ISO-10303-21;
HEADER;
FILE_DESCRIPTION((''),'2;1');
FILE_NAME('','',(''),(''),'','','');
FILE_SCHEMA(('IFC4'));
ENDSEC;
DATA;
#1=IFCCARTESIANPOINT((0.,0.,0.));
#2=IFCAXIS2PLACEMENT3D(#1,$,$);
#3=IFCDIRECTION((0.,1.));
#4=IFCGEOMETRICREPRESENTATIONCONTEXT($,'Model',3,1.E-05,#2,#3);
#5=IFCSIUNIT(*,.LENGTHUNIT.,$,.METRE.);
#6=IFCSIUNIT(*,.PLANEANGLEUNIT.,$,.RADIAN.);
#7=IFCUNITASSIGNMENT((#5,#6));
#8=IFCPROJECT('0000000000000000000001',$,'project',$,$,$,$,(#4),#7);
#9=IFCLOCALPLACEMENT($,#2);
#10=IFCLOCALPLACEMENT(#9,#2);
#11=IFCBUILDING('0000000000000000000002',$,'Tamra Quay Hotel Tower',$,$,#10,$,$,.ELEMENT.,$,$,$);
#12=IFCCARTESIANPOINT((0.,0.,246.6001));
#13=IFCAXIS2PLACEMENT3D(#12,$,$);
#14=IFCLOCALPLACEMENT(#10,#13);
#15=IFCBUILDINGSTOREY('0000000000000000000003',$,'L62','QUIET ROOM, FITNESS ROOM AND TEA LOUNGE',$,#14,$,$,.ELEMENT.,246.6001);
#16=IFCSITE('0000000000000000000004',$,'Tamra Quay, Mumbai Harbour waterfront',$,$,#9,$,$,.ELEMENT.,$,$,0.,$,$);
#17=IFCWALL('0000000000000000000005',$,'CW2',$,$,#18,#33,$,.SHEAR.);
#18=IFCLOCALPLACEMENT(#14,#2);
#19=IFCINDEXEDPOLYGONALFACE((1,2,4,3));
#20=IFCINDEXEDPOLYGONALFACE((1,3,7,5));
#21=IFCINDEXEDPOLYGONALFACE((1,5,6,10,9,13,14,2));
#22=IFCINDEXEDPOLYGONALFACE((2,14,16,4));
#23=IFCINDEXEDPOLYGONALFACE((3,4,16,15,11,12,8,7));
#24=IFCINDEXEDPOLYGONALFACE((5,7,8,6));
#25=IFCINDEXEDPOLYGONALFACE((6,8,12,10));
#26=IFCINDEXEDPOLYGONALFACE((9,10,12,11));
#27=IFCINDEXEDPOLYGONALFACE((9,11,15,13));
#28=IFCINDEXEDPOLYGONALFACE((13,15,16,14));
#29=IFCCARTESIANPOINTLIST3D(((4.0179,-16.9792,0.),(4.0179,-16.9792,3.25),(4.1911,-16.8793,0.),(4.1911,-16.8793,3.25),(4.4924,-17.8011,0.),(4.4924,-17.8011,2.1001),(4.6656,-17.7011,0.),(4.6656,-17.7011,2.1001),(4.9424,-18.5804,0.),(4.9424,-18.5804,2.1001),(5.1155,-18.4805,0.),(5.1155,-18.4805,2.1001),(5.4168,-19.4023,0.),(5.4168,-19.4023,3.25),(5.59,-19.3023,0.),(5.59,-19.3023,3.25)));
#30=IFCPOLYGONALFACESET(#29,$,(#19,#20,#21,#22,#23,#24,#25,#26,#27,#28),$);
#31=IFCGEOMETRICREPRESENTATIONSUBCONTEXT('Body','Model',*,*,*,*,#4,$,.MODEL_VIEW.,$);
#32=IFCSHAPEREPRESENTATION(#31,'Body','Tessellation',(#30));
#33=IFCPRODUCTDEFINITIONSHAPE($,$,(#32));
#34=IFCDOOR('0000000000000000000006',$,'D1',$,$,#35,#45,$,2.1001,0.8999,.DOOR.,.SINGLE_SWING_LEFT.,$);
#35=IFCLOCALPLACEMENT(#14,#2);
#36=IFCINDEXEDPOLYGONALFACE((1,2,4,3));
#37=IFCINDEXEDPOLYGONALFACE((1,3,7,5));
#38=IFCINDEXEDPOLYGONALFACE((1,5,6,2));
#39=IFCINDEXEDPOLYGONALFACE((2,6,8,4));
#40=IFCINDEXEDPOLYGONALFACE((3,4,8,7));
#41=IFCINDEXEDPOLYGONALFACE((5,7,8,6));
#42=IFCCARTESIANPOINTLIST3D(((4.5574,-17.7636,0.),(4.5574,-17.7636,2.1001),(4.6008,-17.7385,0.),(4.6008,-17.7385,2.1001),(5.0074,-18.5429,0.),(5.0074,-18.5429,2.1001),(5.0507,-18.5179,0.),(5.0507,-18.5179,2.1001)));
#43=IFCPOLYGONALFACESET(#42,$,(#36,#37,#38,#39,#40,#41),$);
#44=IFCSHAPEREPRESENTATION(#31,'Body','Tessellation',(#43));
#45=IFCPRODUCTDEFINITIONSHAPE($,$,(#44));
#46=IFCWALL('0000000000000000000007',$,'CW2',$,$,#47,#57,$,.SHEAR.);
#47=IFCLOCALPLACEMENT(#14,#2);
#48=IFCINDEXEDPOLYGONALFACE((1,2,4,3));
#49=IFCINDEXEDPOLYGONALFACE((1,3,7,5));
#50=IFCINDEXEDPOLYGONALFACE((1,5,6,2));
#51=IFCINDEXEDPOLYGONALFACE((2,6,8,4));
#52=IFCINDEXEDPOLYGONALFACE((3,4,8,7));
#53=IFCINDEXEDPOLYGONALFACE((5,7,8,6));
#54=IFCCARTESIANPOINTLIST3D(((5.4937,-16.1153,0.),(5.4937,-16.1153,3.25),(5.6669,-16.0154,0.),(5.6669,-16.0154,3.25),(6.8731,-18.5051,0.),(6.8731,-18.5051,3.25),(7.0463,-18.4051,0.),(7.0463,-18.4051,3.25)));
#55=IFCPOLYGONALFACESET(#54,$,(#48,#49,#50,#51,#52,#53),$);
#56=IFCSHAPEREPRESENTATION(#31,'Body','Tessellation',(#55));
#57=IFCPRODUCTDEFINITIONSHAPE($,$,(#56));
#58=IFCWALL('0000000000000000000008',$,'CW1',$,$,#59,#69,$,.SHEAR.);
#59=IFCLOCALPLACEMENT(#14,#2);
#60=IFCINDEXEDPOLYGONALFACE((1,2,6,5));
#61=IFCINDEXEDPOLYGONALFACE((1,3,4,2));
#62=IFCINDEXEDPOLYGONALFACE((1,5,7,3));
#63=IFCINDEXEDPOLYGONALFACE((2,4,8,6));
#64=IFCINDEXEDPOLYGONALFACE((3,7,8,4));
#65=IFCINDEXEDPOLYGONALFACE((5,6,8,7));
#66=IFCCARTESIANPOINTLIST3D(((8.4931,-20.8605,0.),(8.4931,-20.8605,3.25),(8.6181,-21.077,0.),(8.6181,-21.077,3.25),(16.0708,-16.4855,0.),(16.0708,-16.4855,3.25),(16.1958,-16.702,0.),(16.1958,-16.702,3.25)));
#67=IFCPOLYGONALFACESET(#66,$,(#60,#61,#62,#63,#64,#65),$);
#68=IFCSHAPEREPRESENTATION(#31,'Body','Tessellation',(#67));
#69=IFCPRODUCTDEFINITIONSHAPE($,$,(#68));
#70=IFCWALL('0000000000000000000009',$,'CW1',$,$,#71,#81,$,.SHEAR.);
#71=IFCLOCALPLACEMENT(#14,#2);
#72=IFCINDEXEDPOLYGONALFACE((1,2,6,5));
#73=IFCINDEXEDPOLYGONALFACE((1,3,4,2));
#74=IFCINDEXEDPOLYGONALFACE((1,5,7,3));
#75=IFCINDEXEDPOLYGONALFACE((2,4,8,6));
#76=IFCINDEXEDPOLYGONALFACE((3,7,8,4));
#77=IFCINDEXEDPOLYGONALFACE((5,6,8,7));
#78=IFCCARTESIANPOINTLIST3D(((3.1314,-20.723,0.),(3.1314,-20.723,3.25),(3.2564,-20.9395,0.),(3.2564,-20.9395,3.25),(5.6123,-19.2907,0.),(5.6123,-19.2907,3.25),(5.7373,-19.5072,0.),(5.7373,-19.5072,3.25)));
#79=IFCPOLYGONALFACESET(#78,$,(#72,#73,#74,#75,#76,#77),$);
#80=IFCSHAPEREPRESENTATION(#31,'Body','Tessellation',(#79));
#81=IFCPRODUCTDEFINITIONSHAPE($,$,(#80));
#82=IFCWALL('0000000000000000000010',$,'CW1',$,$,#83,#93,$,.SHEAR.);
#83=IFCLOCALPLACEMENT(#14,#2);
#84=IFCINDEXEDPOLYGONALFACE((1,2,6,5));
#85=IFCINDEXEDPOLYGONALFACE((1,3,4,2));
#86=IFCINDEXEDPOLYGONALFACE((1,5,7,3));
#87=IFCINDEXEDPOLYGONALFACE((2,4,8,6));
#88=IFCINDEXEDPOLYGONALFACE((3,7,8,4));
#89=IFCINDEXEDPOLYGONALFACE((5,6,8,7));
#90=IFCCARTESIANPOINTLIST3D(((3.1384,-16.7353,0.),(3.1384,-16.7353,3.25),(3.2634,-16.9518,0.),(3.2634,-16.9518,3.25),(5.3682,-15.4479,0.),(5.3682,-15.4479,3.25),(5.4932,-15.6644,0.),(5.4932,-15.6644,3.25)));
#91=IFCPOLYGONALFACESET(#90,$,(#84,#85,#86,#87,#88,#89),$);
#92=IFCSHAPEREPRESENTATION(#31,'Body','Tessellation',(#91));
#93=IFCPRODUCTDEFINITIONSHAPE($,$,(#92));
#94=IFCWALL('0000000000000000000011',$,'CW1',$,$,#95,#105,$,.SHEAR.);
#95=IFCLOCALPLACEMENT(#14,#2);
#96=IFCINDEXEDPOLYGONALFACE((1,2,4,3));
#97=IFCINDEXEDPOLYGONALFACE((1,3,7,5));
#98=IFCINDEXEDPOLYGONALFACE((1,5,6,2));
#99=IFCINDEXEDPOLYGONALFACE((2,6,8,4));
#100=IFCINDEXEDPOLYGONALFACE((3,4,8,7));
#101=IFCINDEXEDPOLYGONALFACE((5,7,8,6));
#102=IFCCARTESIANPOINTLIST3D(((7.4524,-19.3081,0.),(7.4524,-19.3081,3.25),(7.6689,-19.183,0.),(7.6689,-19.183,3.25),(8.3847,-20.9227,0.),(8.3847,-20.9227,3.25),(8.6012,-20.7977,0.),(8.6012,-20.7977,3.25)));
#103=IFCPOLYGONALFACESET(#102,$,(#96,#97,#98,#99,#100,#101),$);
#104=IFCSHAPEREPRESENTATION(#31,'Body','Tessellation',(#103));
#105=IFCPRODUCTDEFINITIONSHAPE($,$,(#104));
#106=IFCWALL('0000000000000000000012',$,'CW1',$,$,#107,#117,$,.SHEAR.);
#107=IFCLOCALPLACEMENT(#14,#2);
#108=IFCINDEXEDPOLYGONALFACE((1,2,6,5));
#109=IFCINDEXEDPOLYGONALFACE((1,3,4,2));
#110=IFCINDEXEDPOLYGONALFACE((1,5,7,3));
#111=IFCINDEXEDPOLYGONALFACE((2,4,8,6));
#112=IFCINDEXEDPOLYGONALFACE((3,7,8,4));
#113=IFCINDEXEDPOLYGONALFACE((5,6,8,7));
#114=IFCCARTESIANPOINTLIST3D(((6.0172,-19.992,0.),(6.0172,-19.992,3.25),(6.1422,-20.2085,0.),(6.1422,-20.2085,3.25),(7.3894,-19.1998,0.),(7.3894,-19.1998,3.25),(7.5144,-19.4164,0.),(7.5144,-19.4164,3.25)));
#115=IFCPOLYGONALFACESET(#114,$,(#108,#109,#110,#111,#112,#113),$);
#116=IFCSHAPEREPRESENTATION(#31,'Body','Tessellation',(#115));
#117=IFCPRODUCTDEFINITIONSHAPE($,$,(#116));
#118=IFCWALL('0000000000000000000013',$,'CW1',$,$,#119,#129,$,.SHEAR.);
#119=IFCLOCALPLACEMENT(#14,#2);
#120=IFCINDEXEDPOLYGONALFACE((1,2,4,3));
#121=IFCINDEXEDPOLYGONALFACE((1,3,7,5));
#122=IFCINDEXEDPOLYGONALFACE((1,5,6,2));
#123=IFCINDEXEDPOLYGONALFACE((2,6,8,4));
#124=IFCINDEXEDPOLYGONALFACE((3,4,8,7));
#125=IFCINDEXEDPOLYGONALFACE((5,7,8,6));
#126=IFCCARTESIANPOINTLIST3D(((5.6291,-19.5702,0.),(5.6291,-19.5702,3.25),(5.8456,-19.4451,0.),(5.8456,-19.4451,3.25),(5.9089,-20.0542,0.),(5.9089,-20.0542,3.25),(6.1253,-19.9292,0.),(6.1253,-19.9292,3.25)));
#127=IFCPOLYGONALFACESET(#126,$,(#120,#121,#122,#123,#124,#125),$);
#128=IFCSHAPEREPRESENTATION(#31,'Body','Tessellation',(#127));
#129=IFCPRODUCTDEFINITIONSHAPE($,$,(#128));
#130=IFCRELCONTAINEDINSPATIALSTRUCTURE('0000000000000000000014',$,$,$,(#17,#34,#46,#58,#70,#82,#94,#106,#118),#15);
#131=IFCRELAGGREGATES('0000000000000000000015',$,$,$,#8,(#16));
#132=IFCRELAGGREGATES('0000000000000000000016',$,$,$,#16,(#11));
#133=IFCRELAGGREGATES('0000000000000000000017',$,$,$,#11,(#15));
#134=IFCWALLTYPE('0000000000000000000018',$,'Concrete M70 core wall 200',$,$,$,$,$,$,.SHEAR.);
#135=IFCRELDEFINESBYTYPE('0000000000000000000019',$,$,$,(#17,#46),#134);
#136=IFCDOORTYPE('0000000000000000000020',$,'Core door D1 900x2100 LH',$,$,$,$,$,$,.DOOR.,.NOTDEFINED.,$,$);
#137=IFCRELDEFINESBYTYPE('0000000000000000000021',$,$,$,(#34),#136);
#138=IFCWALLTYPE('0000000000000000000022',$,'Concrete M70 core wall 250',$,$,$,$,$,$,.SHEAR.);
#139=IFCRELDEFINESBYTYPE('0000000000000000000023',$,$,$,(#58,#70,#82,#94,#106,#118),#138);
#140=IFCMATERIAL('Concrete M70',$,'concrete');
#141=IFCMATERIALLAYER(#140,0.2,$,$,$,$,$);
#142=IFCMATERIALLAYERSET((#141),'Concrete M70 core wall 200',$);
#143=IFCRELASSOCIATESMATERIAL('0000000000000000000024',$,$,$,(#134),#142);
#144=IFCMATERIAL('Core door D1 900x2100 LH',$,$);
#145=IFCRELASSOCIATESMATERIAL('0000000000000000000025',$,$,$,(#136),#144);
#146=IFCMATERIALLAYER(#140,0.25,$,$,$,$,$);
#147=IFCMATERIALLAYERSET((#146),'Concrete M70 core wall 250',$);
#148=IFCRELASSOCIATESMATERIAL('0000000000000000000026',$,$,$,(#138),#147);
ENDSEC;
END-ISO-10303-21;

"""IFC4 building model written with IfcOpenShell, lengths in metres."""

from ifc_helpers import new_model, si_unit, direction, frame, frame_2d, origin, place, context, subcontext, project, spatial, rectangle, extrude, material, layer, layer_set, type_object, element, fill, save


model = new_model("IFC4")

# Units and contexts
model_context = context("Model", 3, precision=1e-05, world=origin(), true_north=direction((0.0, 1.0)))
body_context = subcontext(model_context, "Body", "Model", "MODEL_VIEW")
ifc_project = project(units=[si_unit("LENGTHUNIT", "METRE"), si_unit("PLANEANGLEUNIT", "RADIAN")], contexts=[model_context])

# Site, building, storey
site_placement = place(None, origin())
site = spatial("IfcSite", under=ifc_project, at=site_placement, Name="Tamra Quay, Mumbai Harbour waterfront", CompositionType="ELEMENT", RefElevation=0.0)
building_placement = place(site_placement, origin())
building = spatial("IfcBuilding", under=site, at=building_placement, Name="Tamra Quay Hotel Tower", CompositionType="ELEMENT")
storey_placement = place(building_placement, frame((0.0, 0.0, 246.6001)))
storey = spatial("IfcBuildingStorey", under=building, at=storey_placement, Name="L62", Description="QUIET ROOM, FITNESS ROOM AND TEA LOUNGE", CompositionType="ELEMENT", Elevation=246.6001)

# Shared definitions
ifc_material_1 = material(Name="Concrete M70", Category="concrete")

# Shared definitions
ifc_layer_1 = layer(ifc_material_1, 0.2)
ifc_layer_set_1 = layer_set([ifc_layer_1], Name="Concrete M70 core wall 200")
wall_type_1 = type_object("IfcWallType", Name="Concrete M70 core wall 200", PredefinedType="SHEAR", material=ifc_layer_set_1)

# Wall, opening, door
wall_1_placement = place(storey_placement, frame((5.5034, -19.3523, 0.0), z_axis=(0.0, 0.0, 1.0), x_axis=(-0.499987, 0.866033, 0.0)))
wall_1 = element("IfcWall", 1, at=wall_1_placement, inside=storey, type_object=wall_type_1, Name="CW2", PredefinedType="SHEAR", context=body_context, shape_type="SweptSolid", body=[
    extrude(rectangle(XDim=2.7979, YDim=0.2, at=frame_2d((1.3989, 0.0))), origin(), (0.0, 0.0, 1.0), 3.25),
])
opening_1_placement = place(wall_1_placement, frame((0.949, 0.0, 0.0)))
opening_1 = element("IfcOpeningElement", 2, at=opening_1_placement, cuts=wall_1, PredefinedType="OPENING", context=body_context, shape_type="SweptSolid", body=[
    extrude(rectangle(XDim=0.8999, YDim=2.1001, at=frame_2d((0.45, 1.05))), frame((0.0, 0.1099, 0.0), z_axis=(0.0, -1.0, 0.0), x_axis=(1.0, 0.0, 0.0)), (0.0, 0.0, 1.0), 0.22),
])
ifc_material_2 = material(Name="Core door D1 900x2100 LH")
door_type_1 = type_object("IfcDoorType", Name="Core door D1 900x2100 LH", OperationType="NOTDEFINED", PredefinedType="DOOR", material=ifc_material_2)
door_1_placement = place(opening_1_placement, origin())
door_1 = element("IfcDoor", 3, at=door_1_placement, inside=storey, type_object=door_type_1, Name="D1", OperationType="SINGLE_SWING_LEFT", OverallHeight=2.1001, OverallWidth=0.8999, PredefinedType="DOOR", context=body_context, shape_type="SweptSolid", body=[
    extrude(rectangle(XDim=0.8999, YDim=2.1001, at=frame_2d((0.45, 1.05))), frame((0.0, 0.0249, 0.0), z_axis=(0.0, -1.0, 0.0), x_axis=(1.0, 0.0, 0.0)), (0.0, 0.0, 1.0), 0.05),
])
fill(opening_1, door_1)

# Walls
wall_2_placement = place(storey_placement, frame((6.9597, -18.4551, 0.0), z_axis=(0.0, 0.0, 1.0), x_axis=(-0.499927, 0.866068, 0.0)))
element("IfcWall", 4, at=wall_2_placement, inside=storey, type_object=wall_type_1, Name="CW2", PredefinedType="SHEAR", context=body_context, shape_type="SweptSolid", body=[
    extrude(rectangle(XDim=2.7593, YDim=0.2, at=frame_2d((1.3796, 0.0))), origin(), (0.0, 0.0, 1.0), 3.25),
])
ifc_layer_2 = layer(ifc_material_1, 0.25)
ifc_layer_set_2 = layer_set([ifc_layer_2], Name="Concrete M70 core wall 250")
wall_type_2 = type_object("IfcWallType", Name="Concrete M70 core wall 250", PredefinedType="SHEAR", material=ifc_layer_set_2)
wall_3_placement = place(storey_placement, frame((16.1333, -16.5938, 0.0), z_axis=(0.0, 0.0, 1.0), x_axis=(-0.866023, -0.500004, 0.0)))
element("IfcWall", 5, at=wall_3_placement, inside=storey, type_object=wall_type_2, Name="CW1", PredefinedType="SHEAR", context=body_context, shape_type="SweptSolid", body=[
    extrude(rectangle(XDim=8.75, YDim=0.25, at=frame_2d((4.375, 0.0))), origin(), (0.0, 0.0, 1.0), 3.25),
])
wall_4_placement = place(storey_placement, frame((5.6748, -19.3989, 0.0), z_axis=(0.0, 0.0, 1.0), x_axis=(-0.866027, -0.499998, 0.0)))
element("IfcWall", 6, at=wall_4_placement, inside=storey, type_object=wall_type_2, Name="CW1", PredefinedType="SHEAR", context=body_context, shape_type="SweptSolid", body=[
    extrude(rectangle(XDim=2.8647, YDim=0.25, at=frame_2d((1.4324, 0.0))), origin(), (0.0, 0.0, 1.0), 3.25),
])
wall_5_placement = place(storey_placement, frame((5.4307, -15.5562, 0.0), z_axis=(0.0, 0.0, 1.0), x_axis=(-0.866023, -0.500004, 0.0)))
element("IfcWall", 7, at=wall_5_placement, inside=storey, type_object=wall_type_2, Name="CW1", PredefinedType="SHEAR", context=body_context, shape_type="SweptSolid", body=[
    extrude(rectangle(XDim=2.5747, YDim=0.25, at=frame_2d((1.2874, 0.0))), origin(), (0.0, 0.0, 1.0), 3.25),
])
wall_6_placement = place(storey_placement, frame((8.4929, -20.8601, 0.0), z_axis=(0.0, 0.0, 1.0), x_axis=(-0.50004, 0.866002, 0.0)))
element("IfcWall", 8, at=wall_6_placement, inside=storey, type_object=wall_type_2, Name="CW1", PredefinedType="SHEAR", context=body_context, shape_type="SweptSolid", body=[
    extrude(rectangle(XDim=1.8645, YDim=0.25, at=frame_2d((0.9321, 0.0))), origin(), (0.0, 0.0, 1.0), 3.25),
])
wall_7_placement = place(storey_placement, frame((7.4519, -19.3081, 0.0), z_axis=(0.0, 0.0, 1.0), x_axis=(-0.866044, -0.499967, 0.0)))
element("IfcWall", 9, at=wall_7_placement, inside=storey, type_object=wall_type_2, Name="CW1", PredefinedType="SHEAR", context=body_context, shape_type="SweptSolid", body=[
    extrude(rectangle(XDim=1.5845, YDim=0.25, at=frame_2d((0.7922, 0.0))), origin(), (0.0, 0.0, 1.0), 3.25),
])
wall_8_placement = place(storey_placement, frame((6.0171, -19.9917, 0.0), z_axis=(0.0, 0.0, 1.0), x_axis=(-0.500365, 0.865815, 0.0)))
element("IfcWall", 10, at=wall_8_placement, inside=storey, type_object=wall_type_2, Name="CW1", PredefinedType="SHEAR", context=body_context, shape_type="SweptSolid", body=[
    extrude(rectangle(XDim=0.5591, YDim=0.25, at=frame_2d((0.2795, 0.0))), origin(), (0.0, 0.0, 1.0), 3.25),
])

save(model, "model.ifc")
